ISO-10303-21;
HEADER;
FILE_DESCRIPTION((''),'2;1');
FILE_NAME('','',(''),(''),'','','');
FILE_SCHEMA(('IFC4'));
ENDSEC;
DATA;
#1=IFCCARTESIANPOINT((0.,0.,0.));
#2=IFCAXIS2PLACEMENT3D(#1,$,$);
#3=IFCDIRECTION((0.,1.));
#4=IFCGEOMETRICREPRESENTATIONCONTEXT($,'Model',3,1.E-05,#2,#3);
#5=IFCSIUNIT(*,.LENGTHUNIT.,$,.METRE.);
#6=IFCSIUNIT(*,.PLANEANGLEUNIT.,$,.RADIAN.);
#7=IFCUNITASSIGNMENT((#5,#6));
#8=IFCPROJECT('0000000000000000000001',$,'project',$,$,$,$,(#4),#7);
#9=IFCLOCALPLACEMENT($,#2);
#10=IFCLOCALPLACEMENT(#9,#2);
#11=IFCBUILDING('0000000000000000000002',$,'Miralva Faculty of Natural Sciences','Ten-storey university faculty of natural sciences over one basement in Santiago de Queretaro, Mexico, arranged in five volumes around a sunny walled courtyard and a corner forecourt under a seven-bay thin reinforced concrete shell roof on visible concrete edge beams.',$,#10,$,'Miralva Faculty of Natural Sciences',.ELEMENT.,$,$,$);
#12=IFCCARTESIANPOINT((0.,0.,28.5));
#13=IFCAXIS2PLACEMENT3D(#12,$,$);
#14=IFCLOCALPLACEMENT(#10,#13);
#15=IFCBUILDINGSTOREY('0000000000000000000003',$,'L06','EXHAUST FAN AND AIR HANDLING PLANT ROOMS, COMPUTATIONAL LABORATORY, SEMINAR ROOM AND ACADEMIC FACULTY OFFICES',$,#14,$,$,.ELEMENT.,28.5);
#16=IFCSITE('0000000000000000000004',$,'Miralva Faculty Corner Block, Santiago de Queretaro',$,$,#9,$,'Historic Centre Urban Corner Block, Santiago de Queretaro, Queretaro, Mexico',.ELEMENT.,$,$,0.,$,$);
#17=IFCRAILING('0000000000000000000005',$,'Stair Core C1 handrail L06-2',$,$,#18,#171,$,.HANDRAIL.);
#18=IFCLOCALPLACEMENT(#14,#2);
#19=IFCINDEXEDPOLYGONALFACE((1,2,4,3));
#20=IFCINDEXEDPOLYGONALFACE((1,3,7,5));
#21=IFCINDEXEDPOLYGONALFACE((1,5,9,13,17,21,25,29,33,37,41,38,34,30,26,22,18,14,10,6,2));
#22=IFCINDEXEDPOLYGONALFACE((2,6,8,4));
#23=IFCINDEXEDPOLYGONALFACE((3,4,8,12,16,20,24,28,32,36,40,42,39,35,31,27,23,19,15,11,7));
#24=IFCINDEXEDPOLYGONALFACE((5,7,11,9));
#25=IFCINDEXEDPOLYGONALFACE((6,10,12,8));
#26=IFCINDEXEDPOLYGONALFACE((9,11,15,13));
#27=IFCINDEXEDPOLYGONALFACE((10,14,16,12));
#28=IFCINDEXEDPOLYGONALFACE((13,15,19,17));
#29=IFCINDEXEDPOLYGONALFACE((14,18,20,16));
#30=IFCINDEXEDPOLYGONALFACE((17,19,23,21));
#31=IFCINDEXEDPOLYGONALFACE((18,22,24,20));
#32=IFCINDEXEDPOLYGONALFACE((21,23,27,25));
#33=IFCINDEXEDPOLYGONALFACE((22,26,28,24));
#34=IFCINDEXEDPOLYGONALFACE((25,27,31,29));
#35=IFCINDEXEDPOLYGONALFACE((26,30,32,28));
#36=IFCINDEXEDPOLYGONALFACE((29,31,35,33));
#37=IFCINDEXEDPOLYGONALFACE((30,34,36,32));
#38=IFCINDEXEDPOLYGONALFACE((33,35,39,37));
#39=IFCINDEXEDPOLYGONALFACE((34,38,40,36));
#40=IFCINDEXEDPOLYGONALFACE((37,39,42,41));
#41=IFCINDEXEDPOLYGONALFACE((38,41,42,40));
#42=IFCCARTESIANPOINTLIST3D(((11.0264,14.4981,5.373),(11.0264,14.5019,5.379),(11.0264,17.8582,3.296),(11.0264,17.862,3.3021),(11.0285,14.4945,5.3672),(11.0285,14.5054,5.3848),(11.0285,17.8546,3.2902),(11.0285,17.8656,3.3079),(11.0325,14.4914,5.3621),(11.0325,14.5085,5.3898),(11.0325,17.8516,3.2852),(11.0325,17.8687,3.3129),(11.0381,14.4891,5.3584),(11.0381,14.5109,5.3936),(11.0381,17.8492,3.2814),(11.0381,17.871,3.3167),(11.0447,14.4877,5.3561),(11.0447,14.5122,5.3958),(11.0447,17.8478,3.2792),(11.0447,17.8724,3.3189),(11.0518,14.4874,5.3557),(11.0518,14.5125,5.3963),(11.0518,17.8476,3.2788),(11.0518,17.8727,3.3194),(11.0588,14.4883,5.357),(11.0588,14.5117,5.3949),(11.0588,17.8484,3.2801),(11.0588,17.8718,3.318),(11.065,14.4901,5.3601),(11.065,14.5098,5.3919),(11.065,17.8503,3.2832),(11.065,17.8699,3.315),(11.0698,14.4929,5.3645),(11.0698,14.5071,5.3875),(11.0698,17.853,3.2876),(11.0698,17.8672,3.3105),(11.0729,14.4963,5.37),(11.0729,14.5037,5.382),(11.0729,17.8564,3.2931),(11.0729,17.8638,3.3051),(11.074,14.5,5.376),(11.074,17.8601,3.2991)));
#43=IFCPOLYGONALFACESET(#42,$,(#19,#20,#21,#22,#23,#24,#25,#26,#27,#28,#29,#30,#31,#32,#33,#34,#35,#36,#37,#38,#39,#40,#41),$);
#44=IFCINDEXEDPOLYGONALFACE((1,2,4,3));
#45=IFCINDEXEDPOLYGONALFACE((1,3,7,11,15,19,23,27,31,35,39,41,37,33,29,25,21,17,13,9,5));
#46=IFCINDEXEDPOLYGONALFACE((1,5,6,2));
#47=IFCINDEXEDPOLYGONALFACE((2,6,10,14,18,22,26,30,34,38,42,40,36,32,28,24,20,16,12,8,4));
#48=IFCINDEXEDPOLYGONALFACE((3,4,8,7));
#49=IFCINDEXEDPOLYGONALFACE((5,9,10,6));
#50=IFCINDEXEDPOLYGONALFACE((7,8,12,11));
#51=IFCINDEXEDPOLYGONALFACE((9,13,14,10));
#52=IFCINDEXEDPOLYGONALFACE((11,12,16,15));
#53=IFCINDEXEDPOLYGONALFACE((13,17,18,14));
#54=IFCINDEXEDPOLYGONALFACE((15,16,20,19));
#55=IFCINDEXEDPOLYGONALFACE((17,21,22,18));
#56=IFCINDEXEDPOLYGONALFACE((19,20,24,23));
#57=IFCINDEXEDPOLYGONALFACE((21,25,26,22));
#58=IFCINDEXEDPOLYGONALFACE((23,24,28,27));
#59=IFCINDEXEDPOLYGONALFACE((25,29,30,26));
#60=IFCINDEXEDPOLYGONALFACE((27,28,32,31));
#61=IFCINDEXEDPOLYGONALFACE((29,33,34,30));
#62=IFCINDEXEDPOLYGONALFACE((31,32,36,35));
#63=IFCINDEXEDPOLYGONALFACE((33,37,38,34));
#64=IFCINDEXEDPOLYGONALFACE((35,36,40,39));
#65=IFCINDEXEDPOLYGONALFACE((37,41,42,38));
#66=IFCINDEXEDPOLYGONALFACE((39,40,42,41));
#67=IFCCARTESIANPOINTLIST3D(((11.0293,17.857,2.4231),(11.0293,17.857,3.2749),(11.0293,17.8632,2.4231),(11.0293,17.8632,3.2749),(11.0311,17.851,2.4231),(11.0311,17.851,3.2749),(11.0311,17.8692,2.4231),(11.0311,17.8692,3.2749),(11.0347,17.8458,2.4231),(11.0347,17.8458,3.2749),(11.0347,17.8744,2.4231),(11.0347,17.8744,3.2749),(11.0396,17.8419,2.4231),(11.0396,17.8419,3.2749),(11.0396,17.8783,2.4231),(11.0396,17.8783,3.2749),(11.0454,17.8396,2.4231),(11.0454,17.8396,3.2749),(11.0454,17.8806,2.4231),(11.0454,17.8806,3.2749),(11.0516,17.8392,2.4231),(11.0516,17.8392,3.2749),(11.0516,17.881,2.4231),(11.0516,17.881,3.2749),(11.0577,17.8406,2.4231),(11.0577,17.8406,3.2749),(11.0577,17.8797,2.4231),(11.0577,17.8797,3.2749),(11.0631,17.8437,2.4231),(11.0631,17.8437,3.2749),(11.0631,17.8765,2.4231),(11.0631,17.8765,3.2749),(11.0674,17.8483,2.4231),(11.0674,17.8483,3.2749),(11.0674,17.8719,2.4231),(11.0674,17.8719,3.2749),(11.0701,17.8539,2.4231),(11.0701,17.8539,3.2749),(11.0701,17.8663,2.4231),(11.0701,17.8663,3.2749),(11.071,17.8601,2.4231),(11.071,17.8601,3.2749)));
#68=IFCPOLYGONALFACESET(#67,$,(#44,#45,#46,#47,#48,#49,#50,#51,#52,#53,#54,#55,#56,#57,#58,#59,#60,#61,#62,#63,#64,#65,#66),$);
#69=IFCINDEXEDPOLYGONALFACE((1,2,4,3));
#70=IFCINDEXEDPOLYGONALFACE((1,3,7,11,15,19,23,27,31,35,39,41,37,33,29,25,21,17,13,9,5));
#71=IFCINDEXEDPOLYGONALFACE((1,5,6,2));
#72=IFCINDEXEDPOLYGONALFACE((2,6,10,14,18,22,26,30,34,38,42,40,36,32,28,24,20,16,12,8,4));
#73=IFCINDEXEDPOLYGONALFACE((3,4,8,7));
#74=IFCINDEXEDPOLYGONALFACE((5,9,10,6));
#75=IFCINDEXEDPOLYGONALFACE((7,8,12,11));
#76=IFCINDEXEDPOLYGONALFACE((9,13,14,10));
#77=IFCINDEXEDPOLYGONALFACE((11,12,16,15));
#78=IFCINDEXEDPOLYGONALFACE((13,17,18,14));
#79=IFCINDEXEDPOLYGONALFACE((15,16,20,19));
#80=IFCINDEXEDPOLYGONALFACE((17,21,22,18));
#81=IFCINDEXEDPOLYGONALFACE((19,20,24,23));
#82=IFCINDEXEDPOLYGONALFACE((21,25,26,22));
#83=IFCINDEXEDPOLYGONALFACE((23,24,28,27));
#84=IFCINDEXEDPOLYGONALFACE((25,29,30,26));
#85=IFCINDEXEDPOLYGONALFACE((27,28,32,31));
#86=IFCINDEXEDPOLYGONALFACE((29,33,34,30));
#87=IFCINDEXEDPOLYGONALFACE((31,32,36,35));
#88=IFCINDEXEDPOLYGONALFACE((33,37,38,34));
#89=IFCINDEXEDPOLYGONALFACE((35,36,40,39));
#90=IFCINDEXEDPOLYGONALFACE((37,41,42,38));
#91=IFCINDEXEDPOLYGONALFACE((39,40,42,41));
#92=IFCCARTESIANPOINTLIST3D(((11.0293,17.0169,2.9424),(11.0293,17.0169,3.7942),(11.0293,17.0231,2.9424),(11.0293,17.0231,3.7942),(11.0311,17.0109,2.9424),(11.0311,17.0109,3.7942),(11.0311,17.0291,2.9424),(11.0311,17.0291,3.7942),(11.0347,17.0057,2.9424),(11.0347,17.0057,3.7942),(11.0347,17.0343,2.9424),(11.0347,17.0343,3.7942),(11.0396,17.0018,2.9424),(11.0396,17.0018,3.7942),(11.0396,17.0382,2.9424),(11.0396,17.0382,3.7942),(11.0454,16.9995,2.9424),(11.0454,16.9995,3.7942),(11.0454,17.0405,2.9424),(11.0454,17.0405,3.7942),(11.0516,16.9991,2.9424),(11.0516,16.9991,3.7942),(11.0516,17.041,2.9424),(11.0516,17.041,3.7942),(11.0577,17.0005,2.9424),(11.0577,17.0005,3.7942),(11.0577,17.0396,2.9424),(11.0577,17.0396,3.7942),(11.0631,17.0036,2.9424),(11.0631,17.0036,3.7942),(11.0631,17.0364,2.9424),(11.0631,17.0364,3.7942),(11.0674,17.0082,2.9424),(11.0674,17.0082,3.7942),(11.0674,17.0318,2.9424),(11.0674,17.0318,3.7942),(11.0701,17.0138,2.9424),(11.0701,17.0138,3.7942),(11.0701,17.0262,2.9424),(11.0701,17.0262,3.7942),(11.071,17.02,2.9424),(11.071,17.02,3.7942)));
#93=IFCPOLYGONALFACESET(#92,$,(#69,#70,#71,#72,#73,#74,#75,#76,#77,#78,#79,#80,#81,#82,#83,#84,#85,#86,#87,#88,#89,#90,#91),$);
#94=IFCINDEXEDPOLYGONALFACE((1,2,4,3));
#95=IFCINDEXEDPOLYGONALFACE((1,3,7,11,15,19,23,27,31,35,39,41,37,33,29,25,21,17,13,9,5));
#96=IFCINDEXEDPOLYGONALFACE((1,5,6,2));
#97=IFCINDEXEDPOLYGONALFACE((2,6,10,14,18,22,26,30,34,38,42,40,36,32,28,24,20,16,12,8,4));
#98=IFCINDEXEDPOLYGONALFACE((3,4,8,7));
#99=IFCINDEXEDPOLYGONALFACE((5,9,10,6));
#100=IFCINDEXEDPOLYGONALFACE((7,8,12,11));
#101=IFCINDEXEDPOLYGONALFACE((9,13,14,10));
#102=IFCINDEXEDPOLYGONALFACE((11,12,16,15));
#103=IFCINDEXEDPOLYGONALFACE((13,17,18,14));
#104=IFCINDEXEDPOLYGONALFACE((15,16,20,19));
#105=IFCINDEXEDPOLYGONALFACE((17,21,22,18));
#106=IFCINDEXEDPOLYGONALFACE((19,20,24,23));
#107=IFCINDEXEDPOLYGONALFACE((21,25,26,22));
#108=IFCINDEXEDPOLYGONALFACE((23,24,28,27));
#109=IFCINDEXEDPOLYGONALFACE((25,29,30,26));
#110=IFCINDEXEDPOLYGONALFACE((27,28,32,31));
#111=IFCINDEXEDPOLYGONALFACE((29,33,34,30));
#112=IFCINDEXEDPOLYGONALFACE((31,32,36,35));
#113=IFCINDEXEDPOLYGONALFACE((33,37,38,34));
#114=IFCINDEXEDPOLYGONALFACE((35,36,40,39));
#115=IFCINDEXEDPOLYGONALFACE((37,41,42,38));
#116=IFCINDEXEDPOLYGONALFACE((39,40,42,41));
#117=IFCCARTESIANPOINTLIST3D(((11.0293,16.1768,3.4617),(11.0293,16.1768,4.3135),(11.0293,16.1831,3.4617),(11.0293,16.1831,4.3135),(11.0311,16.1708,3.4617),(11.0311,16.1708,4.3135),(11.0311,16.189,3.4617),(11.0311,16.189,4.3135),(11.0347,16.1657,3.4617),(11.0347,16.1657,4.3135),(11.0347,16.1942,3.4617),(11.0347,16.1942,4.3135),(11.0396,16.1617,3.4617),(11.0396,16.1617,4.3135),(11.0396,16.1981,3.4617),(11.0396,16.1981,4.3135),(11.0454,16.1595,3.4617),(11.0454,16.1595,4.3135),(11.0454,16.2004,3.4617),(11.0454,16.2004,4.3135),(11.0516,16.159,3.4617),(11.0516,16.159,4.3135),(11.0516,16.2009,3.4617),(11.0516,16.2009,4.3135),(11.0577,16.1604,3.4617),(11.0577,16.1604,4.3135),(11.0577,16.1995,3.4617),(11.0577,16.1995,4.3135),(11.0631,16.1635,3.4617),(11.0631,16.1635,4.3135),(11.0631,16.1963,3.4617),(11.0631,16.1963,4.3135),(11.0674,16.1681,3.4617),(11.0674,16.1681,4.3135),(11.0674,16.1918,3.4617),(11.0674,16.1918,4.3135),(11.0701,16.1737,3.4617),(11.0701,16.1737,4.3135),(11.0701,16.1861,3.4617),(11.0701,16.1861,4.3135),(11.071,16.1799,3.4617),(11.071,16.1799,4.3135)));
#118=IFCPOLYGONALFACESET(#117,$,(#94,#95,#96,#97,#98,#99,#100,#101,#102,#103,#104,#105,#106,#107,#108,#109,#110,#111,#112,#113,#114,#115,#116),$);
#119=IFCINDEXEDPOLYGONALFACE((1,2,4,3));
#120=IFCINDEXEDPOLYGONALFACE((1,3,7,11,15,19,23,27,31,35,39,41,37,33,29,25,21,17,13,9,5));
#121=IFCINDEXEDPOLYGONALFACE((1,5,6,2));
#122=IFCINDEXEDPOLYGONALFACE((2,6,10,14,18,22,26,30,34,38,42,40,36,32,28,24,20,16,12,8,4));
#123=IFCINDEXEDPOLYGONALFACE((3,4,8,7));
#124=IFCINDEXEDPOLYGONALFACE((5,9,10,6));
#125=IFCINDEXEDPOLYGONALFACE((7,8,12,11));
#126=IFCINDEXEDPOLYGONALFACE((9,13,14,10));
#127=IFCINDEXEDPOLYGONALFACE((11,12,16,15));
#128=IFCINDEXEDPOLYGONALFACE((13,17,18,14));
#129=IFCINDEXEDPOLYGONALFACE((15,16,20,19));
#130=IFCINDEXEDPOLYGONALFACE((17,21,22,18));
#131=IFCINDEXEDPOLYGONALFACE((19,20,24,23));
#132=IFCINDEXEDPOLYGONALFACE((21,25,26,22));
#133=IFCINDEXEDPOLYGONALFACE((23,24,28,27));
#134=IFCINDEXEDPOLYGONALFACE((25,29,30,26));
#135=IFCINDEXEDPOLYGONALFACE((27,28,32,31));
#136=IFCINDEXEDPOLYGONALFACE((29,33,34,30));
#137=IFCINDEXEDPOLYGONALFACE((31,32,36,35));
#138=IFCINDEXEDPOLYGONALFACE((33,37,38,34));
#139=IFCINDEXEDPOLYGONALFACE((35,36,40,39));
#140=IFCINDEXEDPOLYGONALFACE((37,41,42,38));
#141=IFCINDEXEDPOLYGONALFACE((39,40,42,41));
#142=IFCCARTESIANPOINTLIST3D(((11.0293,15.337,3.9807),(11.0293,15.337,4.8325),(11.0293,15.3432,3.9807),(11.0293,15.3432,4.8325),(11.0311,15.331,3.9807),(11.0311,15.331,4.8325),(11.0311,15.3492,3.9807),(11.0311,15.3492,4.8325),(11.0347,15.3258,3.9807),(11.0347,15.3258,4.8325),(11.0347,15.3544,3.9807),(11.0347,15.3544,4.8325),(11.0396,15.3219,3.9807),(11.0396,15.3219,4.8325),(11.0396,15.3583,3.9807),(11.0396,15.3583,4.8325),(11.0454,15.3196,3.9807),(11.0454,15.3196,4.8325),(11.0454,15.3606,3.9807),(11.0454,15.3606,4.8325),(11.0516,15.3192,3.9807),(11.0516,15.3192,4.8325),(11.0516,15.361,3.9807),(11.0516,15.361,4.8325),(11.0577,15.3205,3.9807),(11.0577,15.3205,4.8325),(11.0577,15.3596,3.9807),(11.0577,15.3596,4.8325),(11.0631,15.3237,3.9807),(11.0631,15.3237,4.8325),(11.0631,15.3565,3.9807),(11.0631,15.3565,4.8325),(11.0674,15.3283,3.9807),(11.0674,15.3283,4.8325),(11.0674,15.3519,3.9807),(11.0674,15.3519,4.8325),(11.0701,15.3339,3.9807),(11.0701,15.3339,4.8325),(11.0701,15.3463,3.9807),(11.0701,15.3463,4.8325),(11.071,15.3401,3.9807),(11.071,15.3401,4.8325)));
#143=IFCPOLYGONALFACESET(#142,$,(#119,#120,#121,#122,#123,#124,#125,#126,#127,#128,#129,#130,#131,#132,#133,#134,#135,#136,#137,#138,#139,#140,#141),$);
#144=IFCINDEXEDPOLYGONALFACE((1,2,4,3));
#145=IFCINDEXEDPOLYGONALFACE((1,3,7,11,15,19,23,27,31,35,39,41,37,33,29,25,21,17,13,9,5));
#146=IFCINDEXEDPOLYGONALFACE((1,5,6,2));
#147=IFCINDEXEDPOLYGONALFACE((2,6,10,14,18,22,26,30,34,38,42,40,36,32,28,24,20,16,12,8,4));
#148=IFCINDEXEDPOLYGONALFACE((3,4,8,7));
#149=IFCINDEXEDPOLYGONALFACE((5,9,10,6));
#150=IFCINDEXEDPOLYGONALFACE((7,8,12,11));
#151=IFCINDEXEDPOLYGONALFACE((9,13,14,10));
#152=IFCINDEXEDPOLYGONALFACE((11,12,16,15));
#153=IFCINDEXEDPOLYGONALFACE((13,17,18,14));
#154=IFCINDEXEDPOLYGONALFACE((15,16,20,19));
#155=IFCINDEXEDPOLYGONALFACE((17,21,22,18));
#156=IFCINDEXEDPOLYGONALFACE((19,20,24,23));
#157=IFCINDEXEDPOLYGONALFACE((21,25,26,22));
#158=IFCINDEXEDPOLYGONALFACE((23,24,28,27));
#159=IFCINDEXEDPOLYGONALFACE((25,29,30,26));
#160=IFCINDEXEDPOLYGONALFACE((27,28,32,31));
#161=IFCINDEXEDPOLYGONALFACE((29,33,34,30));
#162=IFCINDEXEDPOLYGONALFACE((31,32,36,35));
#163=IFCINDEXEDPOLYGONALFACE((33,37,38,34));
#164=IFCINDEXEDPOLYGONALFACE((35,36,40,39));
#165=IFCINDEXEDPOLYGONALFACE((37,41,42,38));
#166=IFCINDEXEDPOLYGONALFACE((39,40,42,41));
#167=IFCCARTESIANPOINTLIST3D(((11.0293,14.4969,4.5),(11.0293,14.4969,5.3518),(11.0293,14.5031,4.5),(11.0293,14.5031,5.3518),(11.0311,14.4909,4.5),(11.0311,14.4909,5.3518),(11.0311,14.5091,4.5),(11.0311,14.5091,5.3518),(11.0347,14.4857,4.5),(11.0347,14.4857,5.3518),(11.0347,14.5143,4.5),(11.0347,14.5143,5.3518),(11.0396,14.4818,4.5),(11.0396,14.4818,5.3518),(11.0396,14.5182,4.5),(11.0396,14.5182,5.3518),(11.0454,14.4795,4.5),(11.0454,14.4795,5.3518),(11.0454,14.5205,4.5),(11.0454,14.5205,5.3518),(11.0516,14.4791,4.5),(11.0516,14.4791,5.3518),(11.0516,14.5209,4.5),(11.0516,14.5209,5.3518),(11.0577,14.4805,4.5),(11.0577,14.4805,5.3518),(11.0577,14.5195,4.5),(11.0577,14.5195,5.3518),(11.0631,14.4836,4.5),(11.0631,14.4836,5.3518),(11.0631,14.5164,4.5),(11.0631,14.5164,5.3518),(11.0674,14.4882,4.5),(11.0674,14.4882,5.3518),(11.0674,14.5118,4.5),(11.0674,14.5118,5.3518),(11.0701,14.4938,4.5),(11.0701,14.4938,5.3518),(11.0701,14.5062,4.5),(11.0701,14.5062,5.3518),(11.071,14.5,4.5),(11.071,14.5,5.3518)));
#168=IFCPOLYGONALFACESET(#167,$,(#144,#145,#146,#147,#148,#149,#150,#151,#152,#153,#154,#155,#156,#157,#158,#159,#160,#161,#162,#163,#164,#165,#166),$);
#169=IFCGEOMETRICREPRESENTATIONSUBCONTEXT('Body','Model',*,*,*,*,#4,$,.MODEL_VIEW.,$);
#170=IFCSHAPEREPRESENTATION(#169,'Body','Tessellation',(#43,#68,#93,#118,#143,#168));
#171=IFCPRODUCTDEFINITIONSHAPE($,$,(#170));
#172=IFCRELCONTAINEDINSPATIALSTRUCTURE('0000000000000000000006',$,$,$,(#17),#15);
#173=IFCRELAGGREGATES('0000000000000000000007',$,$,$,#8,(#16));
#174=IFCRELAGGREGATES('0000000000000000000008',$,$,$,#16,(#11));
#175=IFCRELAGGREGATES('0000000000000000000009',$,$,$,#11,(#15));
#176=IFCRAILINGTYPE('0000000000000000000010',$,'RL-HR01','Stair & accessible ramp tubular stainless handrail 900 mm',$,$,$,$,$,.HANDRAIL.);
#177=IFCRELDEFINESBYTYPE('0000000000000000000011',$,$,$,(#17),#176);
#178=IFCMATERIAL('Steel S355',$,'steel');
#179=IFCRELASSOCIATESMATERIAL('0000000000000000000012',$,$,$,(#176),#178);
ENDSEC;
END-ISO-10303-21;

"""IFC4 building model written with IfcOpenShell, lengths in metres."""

from ifc_helpers import new_model, si_unit, direction, frame, origin, origin_2d, place, context, subcontext, project, spatial, circle, extrude, material, type_object, element, save


model = new_model("IFC4")

# Units and contexts
model_context = context("Model", 3, precision=1e-05, world=origin(), true_north=direction((0.0, 1.0)))
body_context = subcontext(model_context, "Body", "Model", "MODEL_VIEW")
ifc_project = project(units=[si_unit("LENGTHUNIT", "METRE"), si_unit("PLANEANGLEUNIT", "RADIAN")], contexts=[model_context])

# Site, building, storey
site_placement = place(None, origin())
site = spatial("IfcSite", under=ifc_project, at=site_placement, Name="Miralva Faculty Corner Block, Santiago de Queretaro", LongName="Historic Centre Urban Corner Block, Santiago de Queretaro, Queretaro, Mexico", CompositionType="ELEMENT", RefElevation=0.0)
building_placement = place(site_placement, origin())
building = spatial("IfcBuilding", under=site, at=building_placement, Name="Miralva Faculty of Natural Sciences", Description="Ten-storey university faculty of natural sciences over one basement in Santiago de Queretaro, Mexico, arranged in five volumes around a sunny walled courtyard and a corner forecourt under a seven-bay thin reinforced concrete shell roof on visible concrete edge beams.", LongName="Miralva Faculty of Natural Sciences", CompositionType="ELEMENT")
storey_placement = place(building_placement, frame((0.0, 0.0, 28.5)))
storey = spatial("IfcBuildingStorey", under=building, at=storey_placement, Name="L06", Description="EXHAUST FAN AND AIR HANDLING PLANT ROOMS, COMPUTATIONAL LABORATORY, SEMINAR ROOM AND ACADEMIC FACULTY OFFICES", CompositionType="ELEMENT", Elevation=28.5)

# Railing
ifc_material_1 = material(Name="Steel S355", Category="steel")
railing_type_1 = type_object("IfcRailingType", Name="RL-HR01", Description="Stair & accessible ramp tubular stainless handrail 900 mm", PredefinedType="HANDRAIL", material=ifc_material_1)
railing_1_placement = place(storey_placement, frame((11.05, 17.8601, 2.4231)))
element("IfcRailing", 1, at=railing_1_placement, inside=storey, type_object=railing_type_1, Name="Stair Core C1 handrail L06-2", PredefinedType="HANDRAIL", context=body_context, shape_type="SweptSolid", body=[
    extrude(circle(Radius=0.0239, at=origin_2d()), frame((0.0, 0.0, 0.876), z_axis=(0.0, -0.850623, 0.525776), x_axis=(1.0, 0.0, 0.0)), (0.0, 0.0, 1.0), 3.9502),
    extrude(circle(Radius=0.021, at=origin_2d()), origin(), (0.0, 0.0, 1.0), 0.8518),
    extrude(circle(Radius=0.021, at=origin_2d()), frame((0.0, -0.8401, 0.5193)), (0.0, 0.0, 1.0), 0.8518),
    extrude(circle(Radius=0.021, at=origin_2d()), frame((0.0, -1.6802, 1.0386)), (0.0, 0.0, 1.0), 0.8518),
    extrude(circle(Radius=0.021, at=origin_2d()), frame((0.0, -2.52, 1.5576)), (0.0, 0.0, 1.0), 0.8518),
    extrude(circle(Radius=0.021, at=origin_2d()), frame((0.0, -3.3601, 2.0769)), (0.0, 0.0, 1.0), 0.8518),
])

save(model, "model.ifc")
